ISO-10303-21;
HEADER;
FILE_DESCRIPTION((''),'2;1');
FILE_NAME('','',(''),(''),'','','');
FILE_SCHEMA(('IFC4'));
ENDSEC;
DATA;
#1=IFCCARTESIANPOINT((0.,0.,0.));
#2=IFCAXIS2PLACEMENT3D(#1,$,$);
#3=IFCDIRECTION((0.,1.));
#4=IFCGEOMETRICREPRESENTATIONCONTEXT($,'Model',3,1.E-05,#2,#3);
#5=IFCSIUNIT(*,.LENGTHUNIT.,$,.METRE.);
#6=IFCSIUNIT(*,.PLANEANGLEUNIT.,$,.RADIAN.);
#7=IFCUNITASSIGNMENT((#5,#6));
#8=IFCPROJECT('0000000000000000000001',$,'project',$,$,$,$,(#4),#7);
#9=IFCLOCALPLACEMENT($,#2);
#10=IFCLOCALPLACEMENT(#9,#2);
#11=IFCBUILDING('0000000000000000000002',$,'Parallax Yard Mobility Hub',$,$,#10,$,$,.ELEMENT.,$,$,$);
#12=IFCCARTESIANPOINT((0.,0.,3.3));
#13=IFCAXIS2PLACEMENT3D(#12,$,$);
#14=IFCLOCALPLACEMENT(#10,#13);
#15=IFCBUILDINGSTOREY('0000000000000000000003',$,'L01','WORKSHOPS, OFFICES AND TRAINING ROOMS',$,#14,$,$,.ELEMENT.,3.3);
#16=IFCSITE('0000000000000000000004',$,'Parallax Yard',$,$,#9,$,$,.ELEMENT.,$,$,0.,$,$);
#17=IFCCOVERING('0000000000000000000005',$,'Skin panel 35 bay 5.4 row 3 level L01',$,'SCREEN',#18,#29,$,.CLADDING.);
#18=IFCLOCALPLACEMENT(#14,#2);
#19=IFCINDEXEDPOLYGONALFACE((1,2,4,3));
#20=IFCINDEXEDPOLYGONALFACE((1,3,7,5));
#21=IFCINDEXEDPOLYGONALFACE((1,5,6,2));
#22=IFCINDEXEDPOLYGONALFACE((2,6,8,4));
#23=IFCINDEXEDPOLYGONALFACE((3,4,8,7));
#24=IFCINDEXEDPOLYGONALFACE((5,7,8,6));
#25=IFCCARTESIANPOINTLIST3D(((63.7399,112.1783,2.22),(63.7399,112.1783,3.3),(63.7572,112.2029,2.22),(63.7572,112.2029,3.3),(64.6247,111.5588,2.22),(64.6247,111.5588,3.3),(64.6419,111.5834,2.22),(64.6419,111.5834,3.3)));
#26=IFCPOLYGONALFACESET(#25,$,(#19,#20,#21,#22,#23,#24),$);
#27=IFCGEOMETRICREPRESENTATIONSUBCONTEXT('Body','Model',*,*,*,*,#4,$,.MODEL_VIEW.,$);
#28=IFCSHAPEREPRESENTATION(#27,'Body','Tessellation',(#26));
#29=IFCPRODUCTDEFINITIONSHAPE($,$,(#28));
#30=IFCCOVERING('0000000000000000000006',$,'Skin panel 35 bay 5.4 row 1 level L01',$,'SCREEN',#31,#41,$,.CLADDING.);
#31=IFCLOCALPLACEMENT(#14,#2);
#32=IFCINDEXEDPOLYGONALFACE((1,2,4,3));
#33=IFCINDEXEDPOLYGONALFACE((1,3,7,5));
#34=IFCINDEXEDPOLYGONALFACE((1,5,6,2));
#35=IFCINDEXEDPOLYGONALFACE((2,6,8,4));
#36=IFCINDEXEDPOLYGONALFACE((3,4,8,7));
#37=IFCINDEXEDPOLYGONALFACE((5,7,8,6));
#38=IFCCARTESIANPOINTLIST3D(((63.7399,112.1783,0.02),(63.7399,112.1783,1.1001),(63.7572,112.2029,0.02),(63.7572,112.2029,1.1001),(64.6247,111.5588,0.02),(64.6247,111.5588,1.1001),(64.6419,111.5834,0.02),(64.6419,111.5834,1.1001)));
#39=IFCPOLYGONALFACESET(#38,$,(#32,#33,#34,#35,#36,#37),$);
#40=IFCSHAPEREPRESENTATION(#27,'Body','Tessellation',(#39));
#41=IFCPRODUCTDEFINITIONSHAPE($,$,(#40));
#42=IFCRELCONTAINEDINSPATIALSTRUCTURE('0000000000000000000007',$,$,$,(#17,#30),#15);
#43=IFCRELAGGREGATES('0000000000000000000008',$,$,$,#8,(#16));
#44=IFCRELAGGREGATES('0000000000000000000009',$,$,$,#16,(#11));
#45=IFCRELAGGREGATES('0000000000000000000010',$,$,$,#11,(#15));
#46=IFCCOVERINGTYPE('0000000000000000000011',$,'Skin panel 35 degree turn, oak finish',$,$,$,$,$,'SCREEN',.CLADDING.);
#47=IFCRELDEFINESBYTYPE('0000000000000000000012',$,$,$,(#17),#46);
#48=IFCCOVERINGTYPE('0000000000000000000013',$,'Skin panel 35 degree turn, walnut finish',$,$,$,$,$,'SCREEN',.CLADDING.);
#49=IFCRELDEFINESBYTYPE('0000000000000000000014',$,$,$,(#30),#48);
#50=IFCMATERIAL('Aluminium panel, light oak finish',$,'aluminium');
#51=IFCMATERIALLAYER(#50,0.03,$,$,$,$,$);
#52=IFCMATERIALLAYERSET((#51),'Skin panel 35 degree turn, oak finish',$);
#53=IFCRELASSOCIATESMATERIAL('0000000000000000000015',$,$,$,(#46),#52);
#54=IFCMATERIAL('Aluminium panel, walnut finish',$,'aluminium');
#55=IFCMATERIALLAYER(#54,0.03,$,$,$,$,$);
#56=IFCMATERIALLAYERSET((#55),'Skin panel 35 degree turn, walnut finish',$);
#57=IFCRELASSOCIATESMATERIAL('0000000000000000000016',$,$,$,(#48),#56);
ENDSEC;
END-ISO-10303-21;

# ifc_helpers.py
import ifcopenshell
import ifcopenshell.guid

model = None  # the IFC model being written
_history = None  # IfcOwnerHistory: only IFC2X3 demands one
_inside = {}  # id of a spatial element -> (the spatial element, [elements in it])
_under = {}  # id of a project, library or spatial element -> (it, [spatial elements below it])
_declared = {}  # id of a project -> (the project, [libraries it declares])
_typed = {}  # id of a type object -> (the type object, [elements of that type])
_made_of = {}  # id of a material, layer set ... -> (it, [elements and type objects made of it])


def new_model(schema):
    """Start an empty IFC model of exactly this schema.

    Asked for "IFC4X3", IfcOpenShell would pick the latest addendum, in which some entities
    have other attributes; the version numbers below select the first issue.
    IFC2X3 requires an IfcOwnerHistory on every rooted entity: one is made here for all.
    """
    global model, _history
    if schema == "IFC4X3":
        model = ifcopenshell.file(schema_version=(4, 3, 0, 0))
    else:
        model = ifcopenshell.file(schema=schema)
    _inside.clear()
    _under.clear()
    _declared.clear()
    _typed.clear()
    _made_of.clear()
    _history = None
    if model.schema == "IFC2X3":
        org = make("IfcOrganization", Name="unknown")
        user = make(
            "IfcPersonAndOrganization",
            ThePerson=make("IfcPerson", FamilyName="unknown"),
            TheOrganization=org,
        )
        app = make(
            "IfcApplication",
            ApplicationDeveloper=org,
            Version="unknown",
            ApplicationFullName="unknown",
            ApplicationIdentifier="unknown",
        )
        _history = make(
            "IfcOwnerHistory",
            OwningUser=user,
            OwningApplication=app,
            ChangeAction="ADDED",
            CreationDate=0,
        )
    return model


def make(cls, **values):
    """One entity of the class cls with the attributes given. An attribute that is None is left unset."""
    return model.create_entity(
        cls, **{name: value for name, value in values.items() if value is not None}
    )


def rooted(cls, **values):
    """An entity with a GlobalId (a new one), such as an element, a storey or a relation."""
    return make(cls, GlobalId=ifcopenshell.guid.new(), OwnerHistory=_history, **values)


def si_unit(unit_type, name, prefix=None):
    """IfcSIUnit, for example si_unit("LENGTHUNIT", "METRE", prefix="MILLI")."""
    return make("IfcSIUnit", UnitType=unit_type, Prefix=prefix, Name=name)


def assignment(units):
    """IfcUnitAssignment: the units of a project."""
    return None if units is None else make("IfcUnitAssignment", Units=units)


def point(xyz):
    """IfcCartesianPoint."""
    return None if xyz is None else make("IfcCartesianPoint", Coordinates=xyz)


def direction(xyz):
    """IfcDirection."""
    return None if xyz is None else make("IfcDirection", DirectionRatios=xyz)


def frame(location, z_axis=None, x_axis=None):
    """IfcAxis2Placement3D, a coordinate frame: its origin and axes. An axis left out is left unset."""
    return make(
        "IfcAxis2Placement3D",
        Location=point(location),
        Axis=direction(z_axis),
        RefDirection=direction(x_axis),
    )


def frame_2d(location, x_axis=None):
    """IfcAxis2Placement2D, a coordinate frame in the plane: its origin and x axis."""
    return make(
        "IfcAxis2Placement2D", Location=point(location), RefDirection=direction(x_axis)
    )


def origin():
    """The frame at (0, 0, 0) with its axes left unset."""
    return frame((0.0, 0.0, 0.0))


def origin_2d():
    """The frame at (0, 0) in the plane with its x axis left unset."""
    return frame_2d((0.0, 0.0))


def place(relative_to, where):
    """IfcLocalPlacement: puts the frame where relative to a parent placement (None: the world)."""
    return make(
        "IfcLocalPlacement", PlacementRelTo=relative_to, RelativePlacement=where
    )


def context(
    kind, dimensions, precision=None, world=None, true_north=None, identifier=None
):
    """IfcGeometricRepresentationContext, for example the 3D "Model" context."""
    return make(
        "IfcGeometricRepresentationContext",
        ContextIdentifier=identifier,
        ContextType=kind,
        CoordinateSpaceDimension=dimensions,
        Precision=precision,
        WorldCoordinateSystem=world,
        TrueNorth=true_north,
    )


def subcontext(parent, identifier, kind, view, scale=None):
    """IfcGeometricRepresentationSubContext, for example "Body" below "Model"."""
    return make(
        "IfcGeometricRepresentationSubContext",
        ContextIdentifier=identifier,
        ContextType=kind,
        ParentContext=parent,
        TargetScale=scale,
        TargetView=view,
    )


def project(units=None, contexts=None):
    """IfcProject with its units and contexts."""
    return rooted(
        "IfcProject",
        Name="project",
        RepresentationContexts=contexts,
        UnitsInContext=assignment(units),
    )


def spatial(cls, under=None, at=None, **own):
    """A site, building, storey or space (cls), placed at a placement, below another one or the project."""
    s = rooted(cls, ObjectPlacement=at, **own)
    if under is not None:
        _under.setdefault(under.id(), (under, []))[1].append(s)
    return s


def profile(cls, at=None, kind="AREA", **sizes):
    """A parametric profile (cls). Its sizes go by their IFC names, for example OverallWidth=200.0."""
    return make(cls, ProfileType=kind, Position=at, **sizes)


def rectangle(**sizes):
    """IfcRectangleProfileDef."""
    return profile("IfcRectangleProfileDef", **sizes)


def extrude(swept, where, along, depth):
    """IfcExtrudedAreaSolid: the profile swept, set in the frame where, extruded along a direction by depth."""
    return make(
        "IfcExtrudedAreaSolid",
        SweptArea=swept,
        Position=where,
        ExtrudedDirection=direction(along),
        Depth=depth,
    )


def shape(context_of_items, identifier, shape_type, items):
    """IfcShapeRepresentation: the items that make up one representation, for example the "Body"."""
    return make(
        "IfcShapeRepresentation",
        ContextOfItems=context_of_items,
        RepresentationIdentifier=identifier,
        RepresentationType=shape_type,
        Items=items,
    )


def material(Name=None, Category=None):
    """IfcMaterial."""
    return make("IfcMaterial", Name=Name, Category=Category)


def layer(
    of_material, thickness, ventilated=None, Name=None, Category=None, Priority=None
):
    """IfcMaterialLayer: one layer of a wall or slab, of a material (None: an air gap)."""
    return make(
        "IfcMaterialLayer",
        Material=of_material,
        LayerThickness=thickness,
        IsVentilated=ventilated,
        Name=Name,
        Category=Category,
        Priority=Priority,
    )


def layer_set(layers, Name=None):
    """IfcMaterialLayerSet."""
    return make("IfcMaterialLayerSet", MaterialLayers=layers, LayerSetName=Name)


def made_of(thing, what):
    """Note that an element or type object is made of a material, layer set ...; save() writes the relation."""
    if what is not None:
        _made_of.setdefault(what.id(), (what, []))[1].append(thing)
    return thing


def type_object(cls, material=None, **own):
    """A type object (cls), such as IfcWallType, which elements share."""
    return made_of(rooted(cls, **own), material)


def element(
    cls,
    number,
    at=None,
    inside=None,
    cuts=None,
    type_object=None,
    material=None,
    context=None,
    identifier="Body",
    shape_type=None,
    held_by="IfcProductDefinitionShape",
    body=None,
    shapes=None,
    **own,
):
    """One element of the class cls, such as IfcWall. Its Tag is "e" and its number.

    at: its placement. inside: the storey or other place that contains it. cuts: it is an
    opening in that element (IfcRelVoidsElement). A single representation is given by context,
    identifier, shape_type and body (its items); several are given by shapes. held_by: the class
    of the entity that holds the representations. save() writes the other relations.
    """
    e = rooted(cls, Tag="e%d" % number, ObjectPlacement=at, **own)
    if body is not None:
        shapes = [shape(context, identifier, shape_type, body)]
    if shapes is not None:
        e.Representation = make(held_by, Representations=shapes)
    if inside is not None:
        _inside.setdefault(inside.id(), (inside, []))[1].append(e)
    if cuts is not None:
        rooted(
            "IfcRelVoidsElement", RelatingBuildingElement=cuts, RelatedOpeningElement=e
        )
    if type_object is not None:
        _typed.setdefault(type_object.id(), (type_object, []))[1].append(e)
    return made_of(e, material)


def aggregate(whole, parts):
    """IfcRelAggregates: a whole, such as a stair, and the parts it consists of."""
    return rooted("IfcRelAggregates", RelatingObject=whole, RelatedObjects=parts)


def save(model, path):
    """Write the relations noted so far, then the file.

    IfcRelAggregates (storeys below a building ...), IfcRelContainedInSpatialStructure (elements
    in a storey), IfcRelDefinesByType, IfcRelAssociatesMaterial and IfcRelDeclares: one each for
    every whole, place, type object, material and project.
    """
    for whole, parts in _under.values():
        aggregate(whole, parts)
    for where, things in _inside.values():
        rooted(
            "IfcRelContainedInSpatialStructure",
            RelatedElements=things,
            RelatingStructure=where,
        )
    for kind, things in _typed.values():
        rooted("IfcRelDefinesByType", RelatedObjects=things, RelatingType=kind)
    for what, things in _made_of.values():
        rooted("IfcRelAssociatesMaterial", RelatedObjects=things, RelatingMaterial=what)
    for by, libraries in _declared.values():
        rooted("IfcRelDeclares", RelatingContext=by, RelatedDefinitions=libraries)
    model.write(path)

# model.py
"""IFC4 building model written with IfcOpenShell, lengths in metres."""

from ifc_helpers import new_model, si_unit, direction, frame, origin, origin_2d, place, context, subcontext, project, spatial, rectangle, extrude, material, layer, layer_set, type_object, element, save


model = new_model("IFC4")

# Units and contexts
model_context = context("Model", 3, precision=1e-05, world=origin(), true_north=direction((0.0, 1.0)))
body_context = subcontext(model_context, "Body", "Model", "MODEL_VIEW")
ifc_project = project(units=[si_unit("LENGTHUNIT", "METRE"), si_unit("PLANEANGLEUNIT", "RADIAN")], contexts=[model_context])

# Site, building, storey
site_placement = place(None, origin())
site = spatial("IfcSite", under=ifc_project, at=site_placement, Name="Parallax Yard", CompositionType="ELEMENT", RefElevation=0.0)
building_placement = place(site_placement, origin())
building = spatial("IfcBuilding", under=site, at=building_placement, Name="Parallax Yard Mobility Hub", CompositionType="ELEMENT")
storey_placement = place(building_placement, frame((0.0, 0.0, 3.3)))
storey = spatial("IfcBuildingStorey", under=building, at=storey_placement, Name="L01", Description="WORKSHOPS, OFFICES AND TRAINING ROOMS", CompositionType="ELEMENT", Elevation=3.3)

# Coverings
ifc_material_1 = material(Name="Aluminium panel, light oak finish", Category="aluminium")
ifc_material_2 = material(Name="Aluminium panel, walnut finish", Category="aluminium")
ifc_layer_1 = layer(ifc_material_1, 0.03)
ifc_layer_set_1 = layer_set([ifc_layer_1], Name="Skin panel 35 degree turn, oak finish")
covering_type_1 = type_object("IfcCoveringType", Name="Skin panel 35 degree turn, oak finish", ElementType="SCREEN", PredefinedType="CLADDING", material=ifc_layer_set_1)
for number, where, z_axis, x_axis, name in (
    (1, (64.1909, 111.8809, 2.22), (0.0, 0.0, 1.0), (0.819152, -0.573576, 0.0), "Skin panel 35 bay 5.4 row 3 level L01"),
):
    element("IfcCovering", number, at=place(storey_placement, frame(where, z_axis=z_axis, x_axis=x_axis)), inside=storey, type_object=covering_type_1, Name=name, ObjectType="SCREEN", PredefinedType="CLADDING", context=body_context, shape_type="SweptSolid", body=[
        extrude(rectangle(XDim=1.0801, YDim=0.03, at=origin_2d()), origin(), (0.0, 0.0, 1.0), 1.0801),
    ])
ifc_layer_2 = layer(ifc_material_2, 0.03)
ifc_layer_set_2 = layer_set([ifc_layer_2], Name="Skin panel 35 degree turn, walnut finish")
covering_type_2 = type_object("IfcCoveringType", Name="Skin panel 35 degree turn, walnut finish", ElementType="SCREEN", PredefinedType="CLADDING", material=ifc_layer_set_2)
covering_1_placement = place(storey_placement, frame((64.1909, 111.8809, 0.02), z_axis=(0.0, 0.0, 1.0), x_axis=(0.819152, -0.573576, 0.0)))
element("IfcCovering", 2, at=covering_1_placement, inside=storey, type_object=covering_type_2, Name="Skin panel 35 bay 5.4 row 1 level L01", ObjectType="SCREEN", PredefinedType="CLADDING", context=body_context, shape_type="SweptSolid", body=[
    extrude(rectangle(XDim=1.0801, YDim=0.03, at=origin_2d()), origin(), (0.0, 0.0, 1.0), 1.0801),
])

save(model, "model.ifc")
